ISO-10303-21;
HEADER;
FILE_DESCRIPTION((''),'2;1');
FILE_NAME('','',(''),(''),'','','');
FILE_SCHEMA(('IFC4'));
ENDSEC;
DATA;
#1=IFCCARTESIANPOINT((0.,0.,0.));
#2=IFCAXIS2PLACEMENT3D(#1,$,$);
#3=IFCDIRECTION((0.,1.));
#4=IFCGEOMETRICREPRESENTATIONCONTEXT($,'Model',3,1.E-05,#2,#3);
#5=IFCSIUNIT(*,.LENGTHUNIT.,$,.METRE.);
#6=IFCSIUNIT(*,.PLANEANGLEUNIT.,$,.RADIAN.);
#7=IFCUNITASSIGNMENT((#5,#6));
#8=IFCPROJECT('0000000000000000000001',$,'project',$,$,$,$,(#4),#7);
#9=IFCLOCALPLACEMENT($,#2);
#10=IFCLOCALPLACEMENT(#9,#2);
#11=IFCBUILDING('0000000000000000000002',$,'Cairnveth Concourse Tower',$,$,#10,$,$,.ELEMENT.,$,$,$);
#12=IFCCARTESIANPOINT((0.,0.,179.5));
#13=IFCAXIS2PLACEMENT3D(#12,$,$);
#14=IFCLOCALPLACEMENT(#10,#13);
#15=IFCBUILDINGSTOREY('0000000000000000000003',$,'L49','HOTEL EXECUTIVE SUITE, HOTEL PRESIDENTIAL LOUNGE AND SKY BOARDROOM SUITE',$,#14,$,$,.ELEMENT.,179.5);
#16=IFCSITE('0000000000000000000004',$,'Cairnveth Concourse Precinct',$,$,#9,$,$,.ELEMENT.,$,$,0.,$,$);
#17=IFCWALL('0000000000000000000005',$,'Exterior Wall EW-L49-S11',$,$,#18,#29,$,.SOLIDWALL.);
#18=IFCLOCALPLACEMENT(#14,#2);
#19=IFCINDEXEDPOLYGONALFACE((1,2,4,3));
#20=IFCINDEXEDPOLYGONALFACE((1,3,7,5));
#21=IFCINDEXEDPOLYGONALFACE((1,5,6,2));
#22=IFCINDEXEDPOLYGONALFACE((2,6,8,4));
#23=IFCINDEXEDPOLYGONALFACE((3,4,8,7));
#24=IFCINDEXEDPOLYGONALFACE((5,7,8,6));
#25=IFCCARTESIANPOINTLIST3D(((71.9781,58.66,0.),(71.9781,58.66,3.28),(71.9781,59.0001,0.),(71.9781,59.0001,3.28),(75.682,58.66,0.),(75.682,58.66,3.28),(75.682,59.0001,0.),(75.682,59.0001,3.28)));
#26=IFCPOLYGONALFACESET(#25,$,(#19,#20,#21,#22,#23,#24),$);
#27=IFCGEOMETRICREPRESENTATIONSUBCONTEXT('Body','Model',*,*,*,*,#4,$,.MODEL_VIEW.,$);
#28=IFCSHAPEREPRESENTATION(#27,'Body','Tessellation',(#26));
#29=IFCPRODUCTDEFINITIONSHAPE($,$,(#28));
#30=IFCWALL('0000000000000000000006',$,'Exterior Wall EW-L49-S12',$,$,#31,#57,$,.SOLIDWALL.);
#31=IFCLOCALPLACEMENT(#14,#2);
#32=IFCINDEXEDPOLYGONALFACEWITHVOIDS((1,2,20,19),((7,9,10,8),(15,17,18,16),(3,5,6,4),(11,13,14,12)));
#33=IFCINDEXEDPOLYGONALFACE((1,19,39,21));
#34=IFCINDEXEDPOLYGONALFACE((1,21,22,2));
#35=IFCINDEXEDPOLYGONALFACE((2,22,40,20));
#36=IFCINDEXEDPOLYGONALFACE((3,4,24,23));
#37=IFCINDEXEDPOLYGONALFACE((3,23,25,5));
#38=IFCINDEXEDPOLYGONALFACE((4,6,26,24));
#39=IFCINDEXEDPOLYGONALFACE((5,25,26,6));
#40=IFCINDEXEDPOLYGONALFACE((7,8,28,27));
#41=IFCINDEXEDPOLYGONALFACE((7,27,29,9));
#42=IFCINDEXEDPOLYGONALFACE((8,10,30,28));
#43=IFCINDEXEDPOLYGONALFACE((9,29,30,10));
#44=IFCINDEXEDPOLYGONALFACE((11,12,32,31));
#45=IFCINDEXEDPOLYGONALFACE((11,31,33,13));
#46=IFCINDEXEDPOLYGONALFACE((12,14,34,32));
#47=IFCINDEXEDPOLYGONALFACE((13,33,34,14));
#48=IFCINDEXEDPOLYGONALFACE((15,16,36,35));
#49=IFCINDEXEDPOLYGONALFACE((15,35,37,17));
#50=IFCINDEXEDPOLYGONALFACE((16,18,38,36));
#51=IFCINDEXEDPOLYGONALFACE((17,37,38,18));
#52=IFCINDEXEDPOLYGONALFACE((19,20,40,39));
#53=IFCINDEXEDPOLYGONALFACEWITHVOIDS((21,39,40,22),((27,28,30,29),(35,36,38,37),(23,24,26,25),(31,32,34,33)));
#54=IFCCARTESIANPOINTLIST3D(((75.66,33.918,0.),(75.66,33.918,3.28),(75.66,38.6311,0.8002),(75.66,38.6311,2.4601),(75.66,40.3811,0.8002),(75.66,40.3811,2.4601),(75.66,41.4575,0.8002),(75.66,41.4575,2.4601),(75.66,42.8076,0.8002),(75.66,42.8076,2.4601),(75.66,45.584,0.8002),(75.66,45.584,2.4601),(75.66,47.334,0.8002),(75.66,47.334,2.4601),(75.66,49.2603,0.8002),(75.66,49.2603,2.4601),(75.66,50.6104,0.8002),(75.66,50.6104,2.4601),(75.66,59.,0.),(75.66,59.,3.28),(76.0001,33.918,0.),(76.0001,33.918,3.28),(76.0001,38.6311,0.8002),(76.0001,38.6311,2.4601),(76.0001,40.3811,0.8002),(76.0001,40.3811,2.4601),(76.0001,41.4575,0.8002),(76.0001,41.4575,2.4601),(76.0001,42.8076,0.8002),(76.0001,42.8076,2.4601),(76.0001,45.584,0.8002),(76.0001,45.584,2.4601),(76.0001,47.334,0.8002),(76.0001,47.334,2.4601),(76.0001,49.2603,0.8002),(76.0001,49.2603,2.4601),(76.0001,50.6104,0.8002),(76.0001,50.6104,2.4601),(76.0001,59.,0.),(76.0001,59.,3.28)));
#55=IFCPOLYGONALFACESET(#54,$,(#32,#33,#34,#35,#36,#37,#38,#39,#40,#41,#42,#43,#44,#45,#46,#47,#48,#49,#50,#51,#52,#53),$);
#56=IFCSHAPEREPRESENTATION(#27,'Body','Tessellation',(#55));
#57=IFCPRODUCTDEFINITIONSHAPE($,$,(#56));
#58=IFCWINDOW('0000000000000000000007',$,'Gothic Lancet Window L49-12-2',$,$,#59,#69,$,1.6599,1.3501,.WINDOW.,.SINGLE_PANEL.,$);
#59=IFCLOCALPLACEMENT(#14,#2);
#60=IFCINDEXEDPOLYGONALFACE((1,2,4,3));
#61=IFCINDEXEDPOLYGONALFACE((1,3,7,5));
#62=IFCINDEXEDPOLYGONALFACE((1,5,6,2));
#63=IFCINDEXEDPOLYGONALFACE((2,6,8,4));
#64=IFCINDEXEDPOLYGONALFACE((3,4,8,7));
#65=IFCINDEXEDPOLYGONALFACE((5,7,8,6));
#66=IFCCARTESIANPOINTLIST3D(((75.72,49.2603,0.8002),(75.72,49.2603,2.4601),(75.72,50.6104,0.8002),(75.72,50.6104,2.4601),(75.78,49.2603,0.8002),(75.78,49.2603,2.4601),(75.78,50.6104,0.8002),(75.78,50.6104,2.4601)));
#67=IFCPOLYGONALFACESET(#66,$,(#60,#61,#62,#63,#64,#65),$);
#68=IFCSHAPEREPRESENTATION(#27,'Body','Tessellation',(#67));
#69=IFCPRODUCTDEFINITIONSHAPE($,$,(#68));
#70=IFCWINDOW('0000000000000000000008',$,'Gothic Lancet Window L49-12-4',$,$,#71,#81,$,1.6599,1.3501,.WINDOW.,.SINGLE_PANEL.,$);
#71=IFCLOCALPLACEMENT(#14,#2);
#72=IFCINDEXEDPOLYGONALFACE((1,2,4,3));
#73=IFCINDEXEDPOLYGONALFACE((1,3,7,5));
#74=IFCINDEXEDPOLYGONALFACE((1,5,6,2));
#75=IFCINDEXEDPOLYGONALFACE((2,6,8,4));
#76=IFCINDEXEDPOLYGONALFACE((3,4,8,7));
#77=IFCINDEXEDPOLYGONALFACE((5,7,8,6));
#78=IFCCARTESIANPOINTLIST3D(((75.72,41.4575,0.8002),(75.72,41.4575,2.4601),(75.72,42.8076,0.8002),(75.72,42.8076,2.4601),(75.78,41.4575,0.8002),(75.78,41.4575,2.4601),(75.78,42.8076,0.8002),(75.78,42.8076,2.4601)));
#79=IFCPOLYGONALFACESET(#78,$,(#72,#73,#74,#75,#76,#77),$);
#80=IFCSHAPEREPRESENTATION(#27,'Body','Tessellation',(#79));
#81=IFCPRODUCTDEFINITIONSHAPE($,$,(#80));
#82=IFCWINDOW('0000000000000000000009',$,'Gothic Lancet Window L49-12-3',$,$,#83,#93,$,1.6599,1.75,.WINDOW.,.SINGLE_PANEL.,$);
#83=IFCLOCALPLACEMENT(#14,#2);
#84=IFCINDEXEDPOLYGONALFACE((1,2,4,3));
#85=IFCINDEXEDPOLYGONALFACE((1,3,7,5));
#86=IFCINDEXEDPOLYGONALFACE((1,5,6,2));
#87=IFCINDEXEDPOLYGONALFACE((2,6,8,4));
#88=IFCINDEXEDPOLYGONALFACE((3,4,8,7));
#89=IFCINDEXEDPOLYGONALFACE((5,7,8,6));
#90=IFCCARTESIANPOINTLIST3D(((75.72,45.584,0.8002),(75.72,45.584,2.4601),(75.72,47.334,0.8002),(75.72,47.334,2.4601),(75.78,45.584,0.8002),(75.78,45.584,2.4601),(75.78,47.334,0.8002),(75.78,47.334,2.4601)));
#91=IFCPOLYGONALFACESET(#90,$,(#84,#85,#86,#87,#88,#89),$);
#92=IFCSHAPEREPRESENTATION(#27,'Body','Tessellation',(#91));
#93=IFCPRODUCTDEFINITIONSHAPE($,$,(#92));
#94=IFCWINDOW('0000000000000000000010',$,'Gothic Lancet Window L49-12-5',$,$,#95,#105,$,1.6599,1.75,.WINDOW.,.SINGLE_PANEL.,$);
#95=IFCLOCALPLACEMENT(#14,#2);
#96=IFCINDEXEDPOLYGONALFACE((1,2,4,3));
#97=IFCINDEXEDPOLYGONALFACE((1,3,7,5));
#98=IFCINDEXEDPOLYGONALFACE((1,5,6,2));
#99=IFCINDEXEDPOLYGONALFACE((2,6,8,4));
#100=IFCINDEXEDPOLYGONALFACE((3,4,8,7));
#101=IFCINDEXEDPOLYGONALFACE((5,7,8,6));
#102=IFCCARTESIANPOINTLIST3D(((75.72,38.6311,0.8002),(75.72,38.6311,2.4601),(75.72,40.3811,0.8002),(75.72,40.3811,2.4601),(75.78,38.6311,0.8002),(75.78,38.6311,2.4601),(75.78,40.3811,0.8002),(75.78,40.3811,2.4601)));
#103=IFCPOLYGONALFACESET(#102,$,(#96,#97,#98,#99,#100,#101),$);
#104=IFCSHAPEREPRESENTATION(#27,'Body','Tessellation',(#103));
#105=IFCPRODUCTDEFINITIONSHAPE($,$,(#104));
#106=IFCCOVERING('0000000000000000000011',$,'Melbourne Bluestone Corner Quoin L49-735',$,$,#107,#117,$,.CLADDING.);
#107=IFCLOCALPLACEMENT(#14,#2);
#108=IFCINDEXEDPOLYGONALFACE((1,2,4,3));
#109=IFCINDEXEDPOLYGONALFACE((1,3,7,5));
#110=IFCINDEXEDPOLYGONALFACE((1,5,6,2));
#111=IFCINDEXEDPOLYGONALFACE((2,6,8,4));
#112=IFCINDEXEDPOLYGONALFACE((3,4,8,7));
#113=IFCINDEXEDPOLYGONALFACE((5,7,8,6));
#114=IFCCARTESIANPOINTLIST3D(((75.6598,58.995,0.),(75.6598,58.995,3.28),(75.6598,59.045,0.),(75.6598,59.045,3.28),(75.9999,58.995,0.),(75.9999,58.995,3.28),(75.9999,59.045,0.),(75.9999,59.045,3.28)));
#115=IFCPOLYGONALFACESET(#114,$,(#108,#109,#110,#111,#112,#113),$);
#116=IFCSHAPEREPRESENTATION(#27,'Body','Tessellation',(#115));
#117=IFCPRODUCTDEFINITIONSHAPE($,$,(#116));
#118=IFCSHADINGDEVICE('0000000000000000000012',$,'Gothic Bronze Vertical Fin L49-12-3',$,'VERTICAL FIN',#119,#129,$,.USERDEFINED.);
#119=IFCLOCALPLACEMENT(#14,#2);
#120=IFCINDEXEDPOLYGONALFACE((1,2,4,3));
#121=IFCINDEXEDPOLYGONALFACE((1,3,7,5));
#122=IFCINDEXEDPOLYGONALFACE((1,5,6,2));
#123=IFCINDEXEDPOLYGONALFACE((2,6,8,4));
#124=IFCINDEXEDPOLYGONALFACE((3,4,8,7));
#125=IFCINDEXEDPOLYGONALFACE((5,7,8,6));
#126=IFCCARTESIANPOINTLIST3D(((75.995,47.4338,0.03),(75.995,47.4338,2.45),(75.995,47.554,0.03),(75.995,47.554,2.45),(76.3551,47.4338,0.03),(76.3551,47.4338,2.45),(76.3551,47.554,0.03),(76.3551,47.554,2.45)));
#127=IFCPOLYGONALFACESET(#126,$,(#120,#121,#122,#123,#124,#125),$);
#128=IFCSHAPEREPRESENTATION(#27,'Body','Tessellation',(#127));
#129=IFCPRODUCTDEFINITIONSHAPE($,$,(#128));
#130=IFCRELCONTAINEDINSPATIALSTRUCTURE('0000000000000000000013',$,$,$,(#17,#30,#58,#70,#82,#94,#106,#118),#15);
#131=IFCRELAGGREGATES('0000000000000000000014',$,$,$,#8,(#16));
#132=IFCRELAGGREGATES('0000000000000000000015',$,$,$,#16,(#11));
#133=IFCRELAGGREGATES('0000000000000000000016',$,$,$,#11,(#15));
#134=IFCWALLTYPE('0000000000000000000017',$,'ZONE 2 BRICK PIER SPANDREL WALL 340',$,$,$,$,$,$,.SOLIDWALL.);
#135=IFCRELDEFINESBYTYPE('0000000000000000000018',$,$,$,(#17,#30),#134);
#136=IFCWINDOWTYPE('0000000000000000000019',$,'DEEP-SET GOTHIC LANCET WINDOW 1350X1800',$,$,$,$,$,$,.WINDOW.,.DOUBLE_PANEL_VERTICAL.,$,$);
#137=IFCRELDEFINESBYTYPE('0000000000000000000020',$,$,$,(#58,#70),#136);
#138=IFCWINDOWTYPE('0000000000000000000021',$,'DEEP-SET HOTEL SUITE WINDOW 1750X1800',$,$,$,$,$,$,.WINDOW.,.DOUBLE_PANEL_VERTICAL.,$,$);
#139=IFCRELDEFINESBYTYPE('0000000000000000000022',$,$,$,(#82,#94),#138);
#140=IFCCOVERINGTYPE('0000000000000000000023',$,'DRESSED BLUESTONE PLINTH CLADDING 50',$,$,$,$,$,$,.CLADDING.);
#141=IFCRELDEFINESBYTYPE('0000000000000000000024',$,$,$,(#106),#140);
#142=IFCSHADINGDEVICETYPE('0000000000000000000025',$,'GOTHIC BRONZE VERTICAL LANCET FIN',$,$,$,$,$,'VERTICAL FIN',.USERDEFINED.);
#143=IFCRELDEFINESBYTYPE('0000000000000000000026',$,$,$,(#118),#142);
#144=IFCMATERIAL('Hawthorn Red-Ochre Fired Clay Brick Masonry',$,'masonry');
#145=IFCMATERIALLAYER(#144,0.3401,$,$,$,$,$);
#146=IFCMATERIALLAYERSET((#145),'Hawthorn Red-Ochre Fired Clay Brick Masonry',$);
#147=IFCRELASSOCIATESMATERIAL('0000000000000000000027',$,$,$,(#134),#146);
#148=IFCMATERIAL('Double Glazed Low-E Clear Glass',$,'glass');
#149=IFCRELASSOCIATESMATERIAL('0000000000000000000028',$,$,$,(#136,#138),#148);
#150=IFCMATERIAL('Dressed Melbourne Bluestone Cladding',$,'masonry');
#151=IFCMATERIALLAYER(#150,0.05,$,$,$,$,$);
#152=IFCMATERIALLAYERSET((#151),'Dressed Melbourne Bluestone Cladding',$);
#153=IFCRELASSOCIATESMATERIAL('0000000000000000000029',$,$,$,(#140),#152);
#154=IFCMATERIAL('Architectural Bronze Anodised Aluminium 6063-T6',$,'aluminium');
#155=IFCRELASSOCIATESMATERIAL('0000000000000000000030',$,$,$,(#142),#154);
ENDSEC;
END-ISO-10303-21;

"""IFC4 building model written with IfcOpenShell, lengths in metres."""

from ifc_helpers import new_model, si_unit, direction, frame, frame_2d, origin, origin_2d, place, context, subcontext, project, spatial, rectangle, extrude, material, layer, layer_set, type_object, element, fill, save


model = new_model("IFC4")

# Units and contexts
model_context = context("Model", 3, precision=1e-05, world=origin(), true_north=direction((0.0, 1.0)))
body_context = subcontext(model_context, "Body", "Model", "MODEL_VIEW")
ifc_project = project(units=[si_unit("LENGTHUNIT", "METRE"), si_unit("PLANEANGLEUNIT", "RADIAN")], contexts=[model_context])

# Site, building, storey
site_placement = place(None, origin())
site = spatial("IfcSite", under=ifc_project, at=site_placement, Name="Cairnveth Concourse Precinct", CompositionType="ELEMENT", RefElevation=0.0)
building_placement = place(site_placement, origin())
building = spatial("IfcBuilding", under=site, at=building_placement, Name="Cairnveth Concourse Tower", CompositionType="ELEMENT")
storey_placement = place(building_placement, frame((0.0, 0.0, 179.5)))
storey = spatial("IfcBuildingStorey", under=building, at=storey_placement, Name="L49", Description="HOTEL EXECUTIVE SUITE, HOTEL PRESIDENTIAL LOUNGE AND SKY BOARDROOM SUITE", CompositionType="ELEMENT", Elevation=179.5)

# Wall
ifc_material_1 = material(Name="Hawthorn Red-Ochre Fired Clay Brick Masonry", Category="masonry")
ifc_layer_1 = layer(ifc_material_1, 0.3401)
ifc_layer_set_1 = layer_set([ifc_layer_1], Name="Hawthorn Red-Ochre Fired Clay Brick Masonry")
wall_type = type_object("IfcWallType", Name="ZONE 2 BRICK PIER SPANDREL WALL 340", PredefinedType="SOLIDWALL", material=ifc_layer_set_1)
wall_1_placement = place(storey_placement, frame((71.978, 58.8301, 0.0), z_axis=(0.0, 0.0, 1.0), x_axis=(1.0, 0.0, 0.0)))
element("IfcWall", 1, at=wall_1_placement, inside=storey, type_object=wall_type, Name="Exterior Wall EW-L49-S11", PredefinedType="SOLIDWALL", context=body_context, shape_type="SweptSolid", body=[
    extrude(rectangle(XDim=3.7039, YDim=0.3401, at=frame_2d((1.8521, 0.0))), origin(), (0.0, 0.0, 1.0), 3.28),
])

# Wall, openings, windows
wall_2_placement = place(storey_placement, frame((75.8301, 59.0, 0.0), z_axis=(0.0, 0.0, 1.0), x_axis=(0.0, -1.0, 0.0)))
wall_2 = element("IfcWall", 2, at=wall_2_placement, inside=storey, type_object=wall_type, Name="Exterior Wall EW-L49-S12", PredefinedType="SOLIDWALL", context=body_context, shape_type="SweptSolid", body=[
    extrude(rectangle(XDim=25.082, YDim=0.3401, at=frame_2d((12.541, 0.0))), origin(), (0.0, 0.0, 1.0), 3.28),
])
opening_1_placement = place(wall_2_placement, frame((8.3896, 0.0, 0.8)))
opening_1 = element("IfcOpeningElement", 3, at=opening_1_placement, cuts=wall_2, PredefinedType="OPENING", context=body_context, shape_type="SweptSolid", body=[
    extrude(rectangle(XDim=1.3501, YDim=1.6599, at=frame_2d((0.675, 0.8301))), frame((0.0, 0.1799, 0.0), z_axis=(0.0, -1.0, 0.0), x_axis=(1.0, 0.0, 0.0)), (0.0, 0.0, 1.0), 0.3601),
])
opening_2_placement = place(wall_2_placement, frame((11.666, 0.0, 0.8)))
opening_2 = element("IfcOpeningElement", 4, at=opening_2_placement, cuts=wall_2, PredefinedType="OPENING", context=body_context, shape_type="SweptSolid", body=[
    extrude(rectangle(XDim=1.75, YDim=1.6599, at=frame_2d((0.875, 0.8301))), frame((0.0, 0.1799, 0.0), z_axis=(0.0, -1.0, 0.0), x_axis=(1.0, 0.0, 0.0)), (0.0, 0.0, 1.0), 0.3601),
])
opening_3_placement = place(wall_2_placement, frame((16.1924, 0.0, 0.8)))
opening_3 = element("IfcOpeningElement", 5, at=opening_3_placement, cuts=wall_2, PredefinedType="OPENING", context=body_context, shape_type="SweptSolid", body=[
    extrude(rectangle(XDim=1.3501, YDim=1.6599, at=frame_2d((0.675, 0.8301))), frame((0.0, 0.1799, 0.0), z_axis=(0.0, -1.0, 0.0), x_axis=(1.0, 0.0, 0.0)), (0.0, 0.0, 1.0), 0.3601),
])
opening_4_placement = place(wall_2_placement, frame((18.6189, 0.0, 0.8)))
opening_4 = element("IfcOpeningElement", 6, at=opening_4_placement, cuts=wall_2, PredefinedType="OPENING", context=body_context, shape_type="SweptSolid", body=[
    extrude(rectangle(XDim=1.75, YDim=1.6599, at=frame_2d((0.875, 0.8301))), frame((0.0, 0.1799, 0.0), z_axis=(0.0, -1.0, 0.0), x_axis=(1.0, 0.0, 0.0)), (0.0, 0.0, 1.0), 0.3601),
])
ifc_material_2 = material(Name="Double Glazed Low-E Clear Glass", Category="glass")
window_type_1 = type_object("IfcWindowType", Name="DEEP-SET GOTHIC LANCET WINDOW 1350X1800", PartitioningType="DOUBLE_PANEL_VERTICAL", PredefinedType="WINDOW", material=ifc_material_2)
window_1_placement = place(opening_1_placement, origin())
window_1 = element("IfcWindow", 7, at=window_1_placement, inside=storey, type_object=window_type_1, Name="Gothic Lancet Window L49-12-2", OverallHeight=1.6599, OverallWidth=1.3501, PartitioningType="SINGLE_PANEL", PredefinedType="WINDOW", context=body_context, shape_type="SweptSolid", body=[
    extrude(rectangle(XDim=1.3501, YDim=1.6599, at=frame_2d((0.675, 0.8301))), frame((0.0, -0.05, 0.0), z_axis=(0.0, -1.0, 0.0), x_axis=(1.0, 0.0, 0.0)), (0.0, 0.0, 1.0), 0.0601),
])
fill(opening_1, window_1)
window_2_placement = place(opening_3_placement, origin())
window_2 = element("IfcWindow", 8, at=window_2_placement, inside=storey, type_object=window_type_1, Name="Gothic Lancet Window L49-12-4", OverallHeight=1.6599, OverallWidth=1.3501, PartitioningType="SINGLE_PANEL", PredefinedType="WINDOW", context=body_context, shape_type="SweptSolid", body=[
    extrude(rectangle(XDim=1.3501, YDim=1.6599, at=frame_2d((0.675, 0.8301))), frame((0.0, -0.05, 0.0), z_axis=(0.0, -1.0, 0.0), x_axis=(1.0, 0.0, 0.0)), (0.0, 0.0, 1.0), 0.0601),
])
fill(opening_3, window_2)
window_type_2 = type_object("IfcWindowType", Name="DEEP-SET HOTEL SUITE WINDOW 1750X1800", PartitioningType="DOUBLE_PANEL_VERTICAL", PredefinedType="WINDOW", material=ifc_material_2)
window_3_placement = place(opening_2_placement, origin())
window_3 = element("IfcWindow", 9, at=window_3_placement, inside=storey, type_object=window_type_2, Name="Gothic Lancet Window L49-12-3", OverallHeight=1.6599, OverallWidth=1.75, PartitioningType="SINGLE_PANEL", PredefinedType="WINDOW", context=body_context, shape_type="SweptSolid", body=[
    extrude(rectangle(XDim=1.75, YDim=1.6599, at=frame_2d((0.875, 0.8301))), frame((0.0, -0.05, 0.0), z_axis=(0.0, -1.0, 0.0), x_axis=(1.0, 0.0, 0.0)), (0.0, 0.0, 1.0), 0.0601),
])
fill(opening_2, window_3)
window_4_placement = place(opening_4_placement, origin())
window_4 = element("IfcWindow", 10, at=window_4_placement, inside=storey, type_object=window_type_2, Name="Gothic Lancet Window L49-12-5", OverallHeight=1.6599, OverallWidth=1.75, PartitioningType="SINGLE_PANEL", PredefinedType="WINDOW", context=body_context, shape_type="SweptSolid", body=[
    extrude(rectangle(XDim=1.75, YDim=1.6599, at=frame_2d((0.875, 0.8301))), frame((0.0, -0.05, 0.0), z_axis=(0.0, -1.0, 0.0), x_axis=(1.0, 0.0, 0.0)), (0.0, 0.0, 1.0), 0.0601),
])
fill(opening_4, window_4)

# Covering
ifc_material_3 = material(Name="Dressed Melbourne Bluestone Cladding", Category="masonry")
ifc_layer_2 = layer(ifc_material_3, 0.05)
ifc_layer_set_2 = layer_set([ifc_layer_2], Name="Dressed Melbourne Bluestone Cladding")
covering_type = type_object("IfcCoveringType", Name="DRESSED BLUESTONE PLINTH CLADDING 50", PredefinedType="CLADDING", material=ifc_layer_set_2)
covering_placement = place(storey_placement, frame((75.6599, 59.02, 0.0), z_axis=(0.0, 0.0, 1.0), x_axis=(1.0, 0.0, 0.0)))
element("IfcCovering", 11, at=covering_placement, inside=storey, type_object=covering_type, Name="Melbourne Bluestone Corner Quoin L49-735", PredefinedType="CLADDING", context=body_context, shape_type="SweptSolid", body=[
    extrude(rectangle(XDim=0.3401, YDim=0.05, at=frame_2d((0.1699, 0.0))), origin(), (0.0, 0.0, 1.0), 3.28),
])

# Shading device
ifc_material_4 = material(Name="Architectural Bronze Anodised Aluminium 6063-T6", Category="aluminium")
shading_device_type = type_object("IfcShadingDeviceType", Name="GOTHIC BRONZE VERTICAL LANCET FIN", ElementType="VERTICAL FIN", PredefinedType="USERDEFINED", material=ifc_material_4)
shading_device_placement = place(storey_placement, frame((76.175, 47.4939, 0.03), z_axis=(0.0, 0.0, 1.0), x_axis=(0.0, 1.0, 0.0)))
element("IfcShadingDevice", 12, at=shading_device_placement, inside=storey, type_object=shading_device_type, Name="Gothic Bronze Vertical Fin L49-12-3", ObjectType="VERTICAL FIN", PredefinedType="USERDEFINED", context=body_context, shape_type="SweptSolid", body=[
    extrude(rectangle(XDim=0.1201, YDim=0.3601, at=origin_2d()), origin(), (0.0, 0.0, 1.0), 2.4199),
])

save(model, "model.ifc")
